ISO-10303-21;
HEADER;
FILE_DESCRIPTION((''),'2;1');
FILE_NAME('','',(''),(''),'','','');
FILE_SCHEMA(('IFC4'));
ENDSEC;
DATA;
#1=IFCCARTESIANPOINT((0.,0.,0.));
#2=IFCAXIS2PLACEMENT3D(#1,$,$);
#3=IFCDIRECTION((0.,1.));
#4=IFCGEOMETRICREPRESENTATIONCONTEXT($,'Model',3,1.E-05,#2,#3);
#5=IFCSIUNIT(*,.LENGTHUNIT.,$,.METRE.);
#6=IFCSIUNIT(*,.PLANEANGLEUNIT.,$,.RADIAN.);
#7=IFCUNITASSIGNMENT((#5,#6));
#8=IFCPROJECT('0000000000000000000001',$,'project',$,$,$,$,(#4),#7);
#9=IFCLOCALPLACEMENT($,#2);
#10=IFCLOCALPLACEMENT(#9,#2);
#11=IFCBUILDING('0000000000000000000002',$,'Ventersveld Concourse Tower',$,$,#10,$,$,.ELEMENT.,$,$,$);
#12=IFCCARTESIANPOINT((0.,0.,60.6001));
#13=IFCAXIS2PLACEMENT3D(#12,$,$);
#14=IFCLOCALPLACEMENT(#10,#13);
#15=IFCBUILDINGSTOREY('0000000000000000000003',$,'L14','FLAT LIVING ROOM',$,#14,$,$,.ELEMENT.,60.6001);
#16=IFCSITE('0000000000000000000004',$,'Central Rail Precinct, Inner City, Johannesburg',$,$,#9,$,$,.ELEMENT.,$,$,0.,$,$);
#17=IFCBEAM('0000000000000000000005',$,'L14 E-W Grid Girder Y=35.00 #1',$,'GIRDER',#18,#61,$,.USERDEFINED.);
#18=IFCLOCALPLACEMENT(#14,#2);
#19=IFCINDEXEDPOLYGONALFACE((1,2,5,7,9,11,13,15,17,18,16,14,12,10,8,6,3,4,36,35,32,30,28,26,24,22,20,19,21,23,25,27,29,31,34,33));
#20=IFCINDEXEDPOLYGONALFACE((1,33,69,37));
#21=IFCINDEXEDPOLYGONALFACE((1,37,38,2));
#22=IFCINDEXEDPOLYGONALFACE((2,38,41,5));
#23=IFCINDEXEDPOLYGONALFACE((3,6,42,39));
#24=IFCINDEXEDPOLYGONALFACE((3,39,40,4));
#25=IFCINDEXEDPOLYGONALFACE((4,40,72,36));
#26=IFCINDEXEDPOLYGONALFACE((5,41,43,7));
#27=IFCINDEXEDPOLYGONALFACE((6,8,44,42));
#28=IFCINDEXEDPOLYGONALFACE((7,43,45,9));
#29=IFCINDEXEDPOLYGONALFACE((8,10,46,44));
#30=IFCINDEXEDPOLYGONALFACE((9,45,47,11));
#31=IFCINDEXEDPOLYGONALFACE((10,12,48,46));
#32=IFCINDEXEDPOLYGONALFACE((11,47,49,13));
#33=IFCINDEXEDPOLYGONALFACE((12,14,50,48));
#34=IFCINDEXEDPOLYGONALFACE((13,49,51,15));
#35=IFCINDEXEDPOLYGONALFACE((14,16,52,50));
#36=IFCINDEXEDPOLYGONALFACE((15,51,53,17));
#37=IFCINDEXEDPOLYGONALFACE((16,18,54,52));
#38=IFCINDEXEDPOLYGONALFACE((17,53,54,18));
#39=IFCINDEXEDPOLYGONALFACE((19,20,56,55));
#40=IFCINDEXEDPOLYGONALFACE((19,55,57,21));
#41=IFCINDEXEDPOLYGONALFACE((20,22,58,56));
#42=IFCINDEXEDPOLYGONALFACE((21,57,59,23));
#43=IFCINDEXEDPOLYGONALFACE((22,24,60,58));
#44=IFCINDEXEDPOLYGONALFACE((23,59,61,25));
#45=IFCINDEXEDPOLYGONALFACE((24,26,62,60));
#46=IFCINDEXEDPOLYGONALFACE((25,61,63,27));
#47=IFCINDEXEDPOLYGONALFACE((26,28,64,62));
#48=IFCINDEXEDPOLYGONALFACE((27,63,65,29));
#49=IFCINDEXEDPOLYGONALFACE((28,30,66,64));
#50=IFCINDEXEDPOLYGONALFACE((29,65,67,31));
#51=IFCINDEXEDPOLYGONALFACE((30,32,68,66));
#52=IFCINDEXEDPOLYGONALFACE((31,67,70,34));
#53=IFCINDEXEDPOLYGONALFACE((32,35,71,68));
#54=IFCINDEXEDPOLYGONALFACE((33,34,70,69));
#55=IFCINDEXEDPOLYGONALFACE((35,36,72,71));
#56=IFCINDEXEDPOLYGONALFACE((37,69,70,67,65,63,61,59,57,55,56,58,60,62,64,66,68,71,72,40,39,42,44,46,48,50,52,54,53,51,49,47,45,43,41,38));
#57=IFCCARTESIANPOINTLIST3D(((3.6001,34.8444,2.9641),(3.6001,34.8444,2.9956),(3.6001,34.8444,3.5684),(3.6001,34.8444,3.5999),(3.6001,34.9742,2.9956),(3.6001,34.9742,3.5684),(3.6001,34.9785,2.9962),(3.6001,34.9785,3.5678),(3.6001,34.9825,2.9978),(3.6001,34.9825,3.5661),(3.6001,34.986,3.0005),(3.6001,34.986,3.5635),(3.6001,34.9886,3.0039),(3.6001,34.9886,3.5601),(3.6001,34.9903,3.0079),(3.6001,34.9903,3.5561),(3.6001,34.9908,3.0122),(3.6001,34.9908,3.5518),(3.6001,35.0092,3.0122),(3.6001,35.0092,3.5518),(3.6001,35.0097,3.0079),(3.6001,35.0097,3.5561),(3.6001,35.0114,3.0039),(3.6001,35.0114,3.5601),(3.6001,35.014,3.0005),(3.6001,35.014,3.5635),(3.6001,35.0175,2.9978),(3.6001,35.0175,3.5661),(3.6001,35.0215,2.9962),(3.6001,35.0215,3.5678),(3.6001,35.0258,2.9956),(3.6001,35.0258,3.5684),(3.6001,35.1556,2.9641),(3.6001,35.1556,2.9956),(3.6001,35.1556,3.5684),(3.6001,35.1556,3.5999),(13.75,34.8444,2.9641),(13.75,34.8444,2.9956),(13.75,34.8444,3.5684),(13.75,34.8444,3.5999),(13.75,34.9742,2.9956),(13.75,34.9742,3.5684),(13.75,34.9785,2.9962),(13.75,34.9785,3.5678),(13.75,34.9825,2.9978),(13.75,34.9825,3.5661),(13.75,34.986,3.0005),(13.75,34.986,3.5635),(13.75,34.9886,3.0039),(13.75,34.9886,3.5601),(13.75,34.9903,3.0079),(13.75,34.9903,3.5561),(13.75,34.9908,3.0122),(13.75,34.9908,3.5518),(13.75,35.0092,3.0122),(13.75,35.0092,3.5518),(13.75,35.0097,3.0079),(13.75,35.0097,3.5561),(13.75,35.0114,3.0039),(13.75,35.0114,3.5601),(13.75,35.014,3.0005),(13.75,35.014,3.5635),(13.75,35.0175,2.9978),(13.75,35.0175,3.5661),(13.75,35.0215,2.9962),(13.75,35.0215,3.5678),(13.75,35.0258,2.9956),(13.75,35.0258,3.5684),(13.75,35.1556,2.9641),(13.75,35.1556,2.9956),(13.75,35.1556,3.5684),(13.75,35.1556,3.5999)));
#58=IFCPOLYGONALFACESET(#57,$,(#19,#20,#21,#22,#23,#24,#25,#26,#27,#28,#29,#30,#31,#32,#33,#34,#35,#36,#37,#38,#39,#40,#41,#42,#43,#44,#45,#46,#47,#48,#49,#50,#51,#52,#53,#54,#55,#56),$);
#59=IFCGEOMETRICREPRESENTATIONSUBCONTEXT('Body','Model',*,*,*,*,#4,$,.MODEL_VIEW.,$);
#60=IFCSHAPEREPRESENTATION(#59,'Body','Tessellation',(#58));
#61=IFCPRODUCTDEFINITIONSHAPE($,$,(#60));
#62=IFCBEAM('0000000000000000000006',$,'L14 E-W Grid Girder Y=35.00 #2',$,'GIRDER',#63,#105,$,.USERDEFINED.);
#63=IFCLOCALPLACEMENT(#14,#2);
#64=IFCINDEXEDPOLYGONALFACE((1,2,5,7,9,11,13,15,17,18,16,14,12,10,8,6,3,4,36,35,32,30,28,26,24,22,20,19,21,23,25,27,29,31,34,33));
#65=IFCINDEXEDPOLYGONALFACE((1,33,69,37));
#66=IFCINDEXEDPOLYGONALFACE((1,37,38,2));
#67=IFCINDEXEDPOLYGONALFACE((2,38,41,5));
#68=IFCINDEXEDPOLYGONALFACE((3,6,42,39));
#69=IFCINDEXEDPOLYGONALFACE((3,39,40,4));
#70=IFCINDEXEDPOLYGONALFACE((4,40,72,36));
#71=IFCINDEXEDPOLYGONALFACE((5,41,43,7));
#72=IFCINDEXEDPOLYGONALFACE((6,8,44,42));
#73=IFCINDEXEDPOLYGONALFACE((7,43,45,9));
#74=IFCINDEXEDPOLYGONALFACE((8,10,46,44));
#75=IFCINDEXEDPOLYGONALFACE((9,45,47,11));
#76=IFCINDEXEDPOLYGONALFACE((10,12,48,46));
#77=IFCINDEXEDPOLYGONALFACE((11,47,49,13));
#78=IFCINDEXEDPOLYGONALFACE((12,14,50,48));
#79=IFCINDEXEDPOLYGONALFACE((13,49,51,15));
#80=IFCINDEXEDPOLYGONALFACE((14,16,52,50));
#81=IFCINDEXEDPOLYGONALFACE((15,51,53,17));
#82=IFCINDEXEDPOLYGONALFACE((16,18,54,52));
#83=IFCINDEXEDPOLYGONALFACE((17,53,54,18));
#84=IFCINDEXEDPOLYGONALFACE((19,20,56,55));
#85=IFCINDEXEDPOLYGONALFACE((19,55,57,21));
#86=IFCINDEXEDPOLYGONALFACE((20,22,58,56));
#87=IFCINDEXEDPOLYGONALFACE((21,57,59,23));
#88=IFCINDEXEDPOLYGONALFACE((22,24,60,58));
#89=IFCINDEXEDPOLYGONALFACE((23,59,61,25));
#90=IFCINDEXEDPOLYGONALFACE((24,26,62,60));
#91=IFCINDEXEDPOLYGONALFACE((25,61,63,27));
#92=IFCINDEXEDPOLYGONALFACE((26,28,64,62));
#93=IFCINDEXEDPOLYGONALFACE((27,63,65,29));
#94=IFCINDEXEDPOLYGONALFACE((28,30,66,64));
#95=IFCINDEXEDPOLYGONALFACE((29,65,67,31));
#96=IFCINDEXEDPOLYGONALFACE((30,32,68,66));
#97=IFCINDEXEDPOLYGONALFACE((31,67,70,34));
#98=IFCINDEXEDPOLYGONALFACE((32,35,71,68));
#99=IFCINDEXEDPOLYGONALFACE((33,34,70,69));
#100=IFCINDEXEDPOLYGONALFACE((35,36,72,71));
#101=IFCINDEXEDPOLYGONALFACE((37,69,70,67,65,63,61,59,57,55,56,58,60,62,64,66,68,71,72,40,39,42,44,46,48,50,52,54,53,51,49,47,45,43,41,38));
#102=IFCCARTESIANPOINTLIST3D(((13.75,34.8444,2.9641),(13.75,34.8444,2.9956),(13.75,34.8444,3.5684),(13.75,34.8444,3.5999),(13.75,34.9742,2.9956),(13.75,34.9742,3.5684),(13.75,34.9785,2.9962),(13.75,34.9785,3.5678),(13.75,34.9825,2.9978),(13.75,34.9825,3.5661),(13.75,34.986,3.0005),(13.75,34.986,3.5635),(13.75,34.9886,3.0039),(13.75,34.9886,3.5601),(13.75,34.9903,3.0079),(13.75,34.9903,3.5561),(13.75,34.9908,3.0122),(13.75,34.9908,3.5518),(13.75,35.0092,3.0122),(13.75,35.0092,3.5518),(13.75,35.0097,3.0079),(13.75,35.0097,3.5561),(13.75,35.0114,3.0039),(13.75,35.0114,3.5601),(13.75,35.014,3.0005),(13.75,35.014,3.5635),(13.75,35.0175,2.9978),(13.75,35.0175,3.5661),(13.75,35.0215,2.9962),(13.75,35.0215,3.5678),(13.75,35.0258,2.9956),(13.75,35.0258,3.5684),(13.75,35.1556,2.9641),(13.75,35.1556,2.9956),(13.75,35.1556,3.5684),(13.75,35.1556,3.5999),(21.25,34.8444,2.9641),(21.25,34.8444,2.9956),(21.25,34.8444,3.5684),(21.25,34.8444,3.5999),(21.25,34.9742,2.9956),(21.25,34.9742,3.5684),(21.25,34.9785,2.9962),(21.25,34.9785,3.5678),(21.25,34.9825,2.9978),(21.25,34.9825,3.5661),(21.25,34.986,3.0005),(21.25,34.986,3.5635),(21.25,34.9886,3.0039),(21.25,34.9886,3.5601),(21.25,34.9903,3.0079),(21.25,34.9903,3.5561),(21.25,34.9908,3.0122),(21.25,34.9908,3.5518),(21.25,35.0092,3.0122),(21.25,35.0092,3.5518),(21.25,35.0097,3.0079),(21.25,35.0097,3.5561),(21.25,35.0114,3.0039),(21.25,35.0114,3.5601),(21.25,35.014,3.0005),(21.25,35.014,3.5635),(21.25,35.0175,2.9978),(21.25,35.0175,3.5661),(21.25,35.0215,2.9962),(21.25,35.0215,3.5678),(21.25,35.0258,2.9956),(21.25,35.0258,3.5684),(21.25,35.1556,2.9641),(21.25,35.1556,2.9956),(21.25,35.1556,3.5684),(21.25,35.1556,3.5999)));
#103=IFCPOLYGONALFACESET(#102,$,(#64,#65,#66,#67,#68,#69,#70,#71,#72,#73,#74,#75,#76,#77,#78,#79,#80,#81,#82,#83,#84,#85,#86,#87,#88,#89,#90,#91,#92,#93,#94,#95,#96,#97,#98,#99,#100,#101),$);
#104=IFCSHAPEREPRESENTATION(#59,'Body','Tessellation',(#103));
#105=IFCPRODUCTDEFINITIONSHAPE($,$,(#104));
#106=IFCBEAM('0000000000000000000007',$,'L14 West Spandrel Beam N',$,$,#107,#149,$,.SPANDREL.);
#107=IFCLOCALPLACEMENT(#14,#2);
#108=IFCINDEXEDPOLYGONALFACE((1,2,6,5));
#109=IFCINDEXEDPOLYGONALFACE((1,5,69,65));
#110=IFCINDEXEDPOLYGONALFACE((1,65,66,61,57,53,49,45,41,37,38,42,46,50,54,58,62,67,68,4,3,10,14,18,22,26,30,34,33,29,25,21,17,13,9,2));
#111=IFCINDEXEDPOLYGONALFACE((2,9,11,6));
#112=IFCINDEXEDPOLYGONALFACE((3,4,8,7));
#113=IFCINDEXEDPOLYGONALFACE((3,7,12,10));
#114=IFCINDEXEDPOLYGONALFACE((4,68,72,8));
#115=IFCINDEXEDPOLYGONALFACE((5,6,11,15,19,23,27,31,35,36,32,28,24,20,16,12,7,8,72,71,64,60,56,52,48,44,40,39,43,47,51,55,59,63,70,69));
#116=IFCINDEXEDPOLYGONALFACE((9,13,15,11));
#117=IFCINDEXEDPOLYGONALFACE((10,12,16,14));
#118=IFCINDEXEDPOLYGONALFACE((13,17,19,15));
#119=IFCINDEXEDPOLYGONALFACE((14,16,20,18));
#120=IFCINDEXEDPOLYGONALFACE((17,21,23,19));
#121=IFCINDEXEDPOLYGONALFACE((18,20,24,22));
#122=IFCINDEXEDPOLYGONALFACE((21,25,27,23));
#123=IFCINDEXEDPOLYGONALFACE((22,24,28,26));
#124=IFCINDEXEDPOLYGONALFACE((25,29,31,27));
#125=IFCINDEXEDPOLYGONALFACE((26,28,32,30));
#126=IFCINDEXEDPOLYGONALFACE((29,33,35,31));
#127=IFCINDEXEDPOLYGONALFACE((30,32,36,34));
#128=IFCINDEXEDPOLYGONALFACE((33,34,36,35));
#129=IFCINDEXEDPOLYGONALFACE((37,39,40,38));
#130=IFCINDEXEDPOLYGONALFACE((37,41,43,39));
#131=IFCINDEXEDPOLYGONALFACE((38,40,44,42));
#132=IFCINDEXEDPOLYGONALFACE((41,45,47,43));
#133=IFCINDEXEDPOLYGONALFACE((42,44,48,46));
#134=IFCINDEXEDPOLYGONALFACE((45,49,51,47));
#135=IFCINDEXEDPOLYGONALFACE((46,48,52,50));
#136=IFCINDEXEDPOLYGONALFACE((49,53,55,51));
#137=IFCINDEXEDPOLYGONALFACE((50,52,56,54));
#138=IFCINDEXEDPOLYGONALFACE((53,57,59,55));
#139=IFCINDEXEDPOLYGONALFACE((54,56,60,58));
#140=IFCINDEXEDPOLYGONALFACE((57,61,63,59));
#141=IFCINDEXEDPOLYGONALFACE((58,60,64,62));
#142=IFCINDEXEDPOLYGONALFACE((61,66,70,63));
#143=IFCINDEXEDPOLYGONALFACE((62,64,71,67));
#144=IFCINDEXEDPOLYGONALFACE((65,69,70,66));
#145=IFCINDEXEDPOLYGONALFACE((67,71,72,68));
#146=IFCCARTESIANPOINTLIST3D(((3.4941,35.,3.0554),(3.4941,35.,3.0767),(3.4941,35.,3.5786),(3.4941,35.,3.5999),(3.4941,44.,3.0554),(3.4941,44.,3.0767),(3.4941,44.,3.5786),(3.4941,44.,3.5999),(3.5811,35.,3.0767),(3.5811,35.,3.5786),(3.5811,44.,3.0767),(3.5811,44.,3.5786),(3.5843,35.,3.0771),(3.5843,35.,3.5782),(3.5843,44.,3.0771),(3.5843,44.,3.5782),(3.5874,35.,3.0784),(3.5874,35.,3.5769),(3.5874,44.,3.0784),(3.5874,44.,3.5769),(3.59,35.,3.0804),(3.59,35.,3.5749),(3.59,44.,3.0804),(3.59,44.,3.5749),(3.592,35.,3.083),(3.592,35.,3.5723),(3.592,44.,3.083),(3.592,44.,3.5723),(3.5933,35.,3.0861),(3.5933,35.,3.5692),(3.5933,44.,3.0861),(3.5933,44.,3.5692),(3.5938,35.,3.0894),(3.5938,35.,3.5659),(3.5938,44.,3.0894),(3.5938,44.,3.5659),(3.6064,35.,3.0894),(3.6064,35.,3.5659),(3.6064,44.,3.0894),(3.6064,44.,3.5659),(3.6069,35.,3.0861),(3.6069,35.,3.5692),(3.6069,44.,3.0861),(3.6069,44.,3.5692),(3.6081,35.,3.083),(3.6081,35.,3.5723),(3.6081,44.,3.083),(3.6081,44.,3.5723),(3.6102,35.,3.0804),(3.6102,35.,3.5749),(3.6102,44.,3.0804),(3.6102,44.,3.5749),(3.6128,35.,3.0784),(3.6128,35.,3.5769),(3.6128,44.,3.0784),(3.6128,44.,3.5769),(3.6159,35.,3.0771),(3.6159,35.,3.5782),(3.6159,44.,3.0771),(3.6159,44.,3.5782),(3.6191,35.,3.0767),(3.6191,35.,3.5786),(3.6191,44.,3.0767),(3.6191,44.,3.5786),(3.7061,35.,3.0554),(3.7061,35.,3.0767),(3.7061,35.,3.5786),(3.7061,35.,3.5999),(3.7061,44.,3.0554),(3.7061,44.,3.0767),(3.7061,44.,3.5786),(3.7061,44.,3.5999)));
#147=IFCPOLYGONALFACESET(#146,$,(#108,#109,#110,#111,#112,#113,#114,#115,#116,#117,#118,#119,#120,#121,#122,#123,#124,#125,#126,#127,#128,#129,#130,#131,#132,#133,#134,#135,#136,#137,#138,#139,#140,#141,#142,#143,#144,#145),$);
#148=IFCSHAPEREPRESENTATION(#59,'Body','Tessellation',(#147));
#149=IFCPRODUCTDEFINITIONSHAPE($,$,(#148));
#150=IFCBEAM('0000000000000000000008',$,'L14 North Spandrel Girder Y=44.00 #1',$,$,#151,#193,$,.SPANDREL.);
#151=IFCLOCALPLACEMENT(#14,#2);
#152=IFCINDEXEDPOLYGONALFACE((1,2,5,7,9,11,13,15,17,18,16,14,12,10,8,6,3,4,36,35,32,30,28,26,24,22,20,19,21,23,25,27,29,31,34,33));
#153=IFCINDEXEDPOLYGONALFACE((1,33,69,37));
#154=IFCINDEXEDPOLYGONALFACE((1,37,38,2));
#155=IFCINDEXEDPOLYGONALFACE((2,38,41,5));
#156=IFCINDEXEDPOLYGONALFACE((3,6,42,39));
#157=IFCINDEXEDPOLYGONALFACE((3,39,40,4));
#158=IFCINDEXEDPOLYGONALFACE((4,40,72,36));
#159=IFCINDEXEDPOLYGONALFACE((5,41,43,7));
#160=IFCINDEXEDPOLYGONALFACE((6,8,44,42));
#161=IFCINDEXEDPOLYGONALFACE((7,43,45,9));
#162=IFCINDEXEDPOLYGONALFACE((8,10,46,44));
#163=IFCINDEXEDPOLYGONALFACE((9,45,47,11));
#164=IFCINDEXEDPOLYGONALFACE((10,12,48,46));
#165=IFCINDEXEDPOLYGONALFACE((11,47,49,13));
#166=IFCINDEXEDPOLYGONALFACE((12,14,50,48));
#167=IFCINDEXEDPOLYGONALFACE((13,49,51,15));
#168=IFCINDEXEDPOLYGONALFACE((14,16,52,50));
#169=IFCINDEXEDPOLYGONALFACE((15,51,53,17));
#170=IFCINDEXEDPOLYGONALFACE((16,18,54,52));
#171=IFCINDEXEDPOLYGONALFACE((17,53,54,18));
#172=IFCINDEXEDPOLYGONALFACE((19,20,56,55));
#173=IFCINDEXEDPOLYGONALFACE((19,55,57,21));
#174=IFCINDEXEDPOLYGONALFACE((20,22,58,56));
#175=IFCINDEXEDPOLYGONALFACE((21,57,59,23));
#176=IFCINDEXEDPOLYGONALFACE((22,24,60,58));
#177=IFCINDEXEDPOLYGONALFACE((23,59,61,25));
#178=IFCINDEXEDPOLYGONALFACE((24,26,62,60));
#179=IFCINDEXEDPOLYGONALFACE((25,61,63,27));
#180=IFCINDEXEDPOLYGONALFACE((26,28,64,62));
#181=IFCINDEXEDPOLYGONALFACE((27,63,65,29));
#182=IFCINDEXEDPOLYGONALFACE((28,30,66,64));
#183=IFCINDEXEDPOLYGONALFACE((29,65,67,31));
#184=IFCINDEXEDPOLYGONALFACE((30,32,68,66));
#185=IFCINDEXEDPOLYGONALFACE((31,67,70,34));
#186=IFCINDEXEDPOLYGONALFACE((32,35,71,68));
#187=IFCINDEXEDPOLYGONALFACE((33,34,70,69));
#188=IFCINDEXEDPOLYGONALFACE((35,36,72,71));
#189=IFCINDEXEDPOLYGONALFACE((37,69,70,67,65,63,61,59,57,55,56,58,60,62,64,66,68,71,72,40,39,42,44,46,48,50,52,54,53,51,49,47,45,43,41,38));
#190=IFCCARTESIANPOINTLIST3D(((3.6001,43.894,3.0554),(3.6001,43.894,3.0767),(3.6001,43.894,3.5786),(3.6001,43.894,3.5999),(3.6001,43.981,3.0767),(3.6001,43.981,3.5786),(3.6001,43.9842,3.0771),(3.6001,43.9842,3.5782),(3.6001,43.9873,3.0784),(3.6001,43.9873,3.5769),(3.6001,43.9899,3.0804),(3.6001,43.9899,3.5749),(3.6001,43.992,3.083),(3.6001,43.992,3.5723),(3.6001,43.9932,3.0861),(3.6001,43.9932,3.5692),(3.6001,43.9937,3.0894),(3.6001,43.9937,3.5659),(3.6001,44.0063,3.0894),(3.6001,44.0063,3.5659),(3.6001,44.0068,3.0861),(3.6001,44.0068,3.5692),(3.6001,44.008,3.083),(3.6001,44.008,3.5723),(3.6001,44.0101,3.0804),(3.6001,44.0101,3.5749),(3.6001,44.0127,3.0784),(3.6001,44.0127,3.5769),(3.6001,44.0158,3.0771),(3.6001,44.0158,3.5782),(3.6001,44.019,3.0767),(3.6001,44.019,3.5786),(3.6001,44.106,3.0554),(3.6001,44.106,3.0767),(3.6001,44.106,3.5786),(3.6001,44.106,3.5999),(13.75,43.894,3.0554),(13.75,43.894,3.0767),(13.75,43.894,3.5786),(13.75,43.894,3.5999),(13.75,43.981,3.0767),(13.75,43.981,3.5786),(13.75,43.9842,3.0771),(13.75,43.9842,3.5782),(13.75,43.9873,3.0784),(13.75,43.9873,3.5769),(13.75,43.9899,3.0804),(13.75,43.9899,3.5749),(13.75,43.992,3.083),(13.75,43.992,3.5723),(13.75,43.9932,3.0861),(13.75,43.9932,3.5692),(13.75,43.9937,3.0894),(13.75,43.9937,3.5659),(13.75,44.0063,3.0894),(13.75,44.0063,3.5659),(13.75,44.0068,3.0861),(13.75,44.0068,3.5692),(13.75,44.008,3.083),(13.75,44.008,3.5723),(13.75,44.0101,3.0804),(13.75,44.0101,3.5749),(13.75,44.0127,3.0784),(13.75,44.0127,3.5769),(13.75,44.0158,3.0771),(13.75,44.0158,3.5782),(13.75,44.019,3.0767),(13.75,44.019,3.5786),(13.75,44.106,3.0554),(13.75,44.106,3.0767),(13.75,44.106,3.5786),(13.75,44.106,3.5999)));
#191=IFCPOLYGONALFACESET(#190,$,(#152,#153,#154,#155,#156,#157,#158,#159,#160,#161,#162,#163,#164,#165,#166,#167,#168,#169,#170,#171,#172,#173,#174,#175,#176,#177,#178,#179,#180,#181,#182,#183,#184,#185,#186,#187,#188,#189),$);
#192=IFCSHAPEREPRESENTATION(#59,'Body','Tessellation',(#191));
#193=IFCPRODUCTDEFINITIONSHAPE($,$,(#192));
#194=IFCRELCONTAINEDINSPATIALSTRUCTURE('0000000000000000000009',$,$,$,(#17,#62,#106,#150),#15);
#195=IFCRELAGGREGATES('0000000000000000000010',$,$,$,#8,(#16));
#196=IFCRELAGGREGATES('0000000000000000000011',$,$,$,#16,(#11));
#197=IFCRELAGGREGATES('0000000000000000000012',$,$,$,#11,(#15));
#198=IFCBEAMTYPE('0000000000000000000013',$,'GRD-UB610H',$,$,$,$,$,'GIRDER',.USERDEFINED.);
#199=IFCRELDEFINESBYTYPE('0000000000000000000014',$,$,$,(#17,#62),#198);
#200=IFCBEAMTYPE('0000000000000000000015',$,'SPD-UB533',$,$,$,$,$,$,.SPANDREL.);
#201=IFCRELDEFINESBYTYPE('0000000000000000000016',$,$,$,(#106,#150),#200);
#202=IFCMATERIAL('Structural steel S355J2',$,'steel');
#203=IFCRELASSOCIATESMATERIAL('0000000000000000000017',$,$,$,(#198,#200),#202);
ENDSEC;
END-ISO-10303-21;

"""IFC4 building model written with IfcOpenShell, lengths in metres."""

from ifc_helpers import new_model, si_unit, direction, frame, origin, origin_2d, place, context, subcontext, project, spatial, i_section, extrude, material, material_profile, profile_set, type_object, element, save


model = new_model("IFC4")

# Units and contexts
model_context = context("Model", 3, precision=1e-05, world=origin(), true_north=direction((0.0, 1.0)))
body_context = subcontext(model_context, "Body", "Model", "MODEL_VIEW")
ifc_project = project(units=[si_unit("LENGTHUNIT", "METRE"), si_unit("PLANEANGLEUNIT", "RADIAN")], contexts=[model_context])

# Site, building, storey
site_placement = place(None, origin())
site = spatial("IfcSite", under=ifc_project, at=site_placement, Name="Central Rail Precinct, Inner City, Johannesburg", CompositionType="ELEMENT", RefElevation=0.0)
building_placement = place(site_placement, origin())
building = spatial("IfcBuilding", under=site, at=building_placement, Name="Ventersveld Concourse Tower", CompositionType="ELEMENT")
storey_placement = place(building_placement, frame((0.0, 0.0, 60.6001)))
storey = spatial("IfcBuildingStorey", under=building, at=storey_placement, Name="L14", Description="FLAT LIVING ROOM", CompositionType="ELEMENT", Elevation=60.6001)

# Beams
ifc_material_1 = material(Name="Structural steel S355J2", Category="steel")
ifc_material_profile_1 = material_profile(ifc_material_1, i_section(OverallWidth=0.3113, OverallDepth=0.6357, WebThickness=0.0183, FlangeThickness=0.0315, FilletRadius=0.0166, at=origin_2d()), Name="UB 610x305x238")
ifc_profile_set_1 = profile_set([ifc_material_profile_1], Name="Structural steel S355J2")
beam_type_1 = type_object("IfcBeamType", Name="GRD-UB610H", ElementType="GIRDER", PredefinedType="USERDEFINED", material=ifc_profile_set_1)
beam_1_placement = place(storey_placement, frame((3.6001, 35.0, 3.282), z_axis=(1.0, 0.0, 0.0), x_axis=(0.0, 1.0, 0.0)))
element("IfcBeam", 1, at=beam_1_placement, inside=storey, type_object=beam_type_1, Name="L14 E-W Grid Girder Y=35.00 #1", ObjectType="GIRDER", PredefinedType="USERDEFINED", context=body_context, shape_type="SweptSolid", body=[
    extrude(i_section(OverallWidth=0.3113, OverallDepth=0.6357, WebThickness=0.0183, FlangeThickness=0.0315, FilletRadius=0.0166, at=origin_2d()), origin(), (0.0, 0.0, 1.0), 10.1499),
])
beam_2_placement = place(storey_placement, frame((13.75, 35.0, 3.282), z_axis=(1.0, 0.0, 0.0), x_axis=(0.0, 1.0, 0.0)))
element("IfcBeam", 2, at=beam_2_placement, inside=storey, type_object=beam_type_1, Name="L14 E-W Grid Girder Y=35.00 #2", ObjectType="GIRDER", PredefinedType="USERDEFINED", context=body_context, shape_type="SweptSolid", body=[
    extrude(i_section(OverallWidth=0.3113, OverallDepth=0.6357, WebThickness=0.0183, FlangeThickness=0.0315, FilletRadius=0.0166, at=origin_2d()), origin(), (0.0, 0.0, 1.0), 7.5),
])
ifc_material_profile_2 = material_profile(ifc_material_1, i_section(OverallWidth=0.2119, OverallDepth=0.5444, WebThickness=0.0127, FlangeThickness=0.0212, FilletRadius=0.0127, at=origin_2d()), Name="UB 533x210x122")
ifc_profile_set_2 = profile_set([ifc_material_profile_2], Name="Structural steel S355J2")
beam_type_2 = type_object("IfcBeamType", Name="SPD-UB533", PredefinedType="SPANDREL", material=ifc_profile_set_2)
beam_3_placement = place(storey_placement, frame((3.6001, 35.0, 3.3276), z_axis=(0.0, 1.0, 0.0), x_axis=(-1.0, 0.0, 0.0)))
element("IfcBeam", 3, at=beam_3_placement, inside=storey, type_object=beam_type_2, Name="L14 West Spandrel Beam N", PredefinedType="SPANDREL", context=body_context, shape_type="SweptSolid", body=[
    extrude(i_section(OverallWidth=0.2119, OverallDepth=0.5444, WebThickness=0.0127, FlangeThickness=0.0212, FilletRadius=0.0127, at=origin_2d()), origin(), (0.0, 0.0, 1.0), 9.0),
])
beam_4_placement = place(storey_placement, frame((3.6001, 44.0, 3.3276), z_axis=(1.0, 0.0, 0.0), x_axis=(0.0, 1.0, 0.0)))
element("IfcBeam", 4, at=beam_4_placement, inside=storey, type_object=beam_type_2, Name="L14 North Spandrel Girder Y=44.00 #1", PredefinedType="SPANDREL", context=body_context, shape_type="SweptSolid", body=[
    extrude(i_section(OverallWidth=0.2119, OverallDepth=0.5444, WebThickness=0.0127, FlangeThickness=0.0212, FilletRadius=0.0127, at=origin_2d()), origin(), (0.0, 0.0, 1.0), 10.1499),
])

save(model, "model.ifc")
